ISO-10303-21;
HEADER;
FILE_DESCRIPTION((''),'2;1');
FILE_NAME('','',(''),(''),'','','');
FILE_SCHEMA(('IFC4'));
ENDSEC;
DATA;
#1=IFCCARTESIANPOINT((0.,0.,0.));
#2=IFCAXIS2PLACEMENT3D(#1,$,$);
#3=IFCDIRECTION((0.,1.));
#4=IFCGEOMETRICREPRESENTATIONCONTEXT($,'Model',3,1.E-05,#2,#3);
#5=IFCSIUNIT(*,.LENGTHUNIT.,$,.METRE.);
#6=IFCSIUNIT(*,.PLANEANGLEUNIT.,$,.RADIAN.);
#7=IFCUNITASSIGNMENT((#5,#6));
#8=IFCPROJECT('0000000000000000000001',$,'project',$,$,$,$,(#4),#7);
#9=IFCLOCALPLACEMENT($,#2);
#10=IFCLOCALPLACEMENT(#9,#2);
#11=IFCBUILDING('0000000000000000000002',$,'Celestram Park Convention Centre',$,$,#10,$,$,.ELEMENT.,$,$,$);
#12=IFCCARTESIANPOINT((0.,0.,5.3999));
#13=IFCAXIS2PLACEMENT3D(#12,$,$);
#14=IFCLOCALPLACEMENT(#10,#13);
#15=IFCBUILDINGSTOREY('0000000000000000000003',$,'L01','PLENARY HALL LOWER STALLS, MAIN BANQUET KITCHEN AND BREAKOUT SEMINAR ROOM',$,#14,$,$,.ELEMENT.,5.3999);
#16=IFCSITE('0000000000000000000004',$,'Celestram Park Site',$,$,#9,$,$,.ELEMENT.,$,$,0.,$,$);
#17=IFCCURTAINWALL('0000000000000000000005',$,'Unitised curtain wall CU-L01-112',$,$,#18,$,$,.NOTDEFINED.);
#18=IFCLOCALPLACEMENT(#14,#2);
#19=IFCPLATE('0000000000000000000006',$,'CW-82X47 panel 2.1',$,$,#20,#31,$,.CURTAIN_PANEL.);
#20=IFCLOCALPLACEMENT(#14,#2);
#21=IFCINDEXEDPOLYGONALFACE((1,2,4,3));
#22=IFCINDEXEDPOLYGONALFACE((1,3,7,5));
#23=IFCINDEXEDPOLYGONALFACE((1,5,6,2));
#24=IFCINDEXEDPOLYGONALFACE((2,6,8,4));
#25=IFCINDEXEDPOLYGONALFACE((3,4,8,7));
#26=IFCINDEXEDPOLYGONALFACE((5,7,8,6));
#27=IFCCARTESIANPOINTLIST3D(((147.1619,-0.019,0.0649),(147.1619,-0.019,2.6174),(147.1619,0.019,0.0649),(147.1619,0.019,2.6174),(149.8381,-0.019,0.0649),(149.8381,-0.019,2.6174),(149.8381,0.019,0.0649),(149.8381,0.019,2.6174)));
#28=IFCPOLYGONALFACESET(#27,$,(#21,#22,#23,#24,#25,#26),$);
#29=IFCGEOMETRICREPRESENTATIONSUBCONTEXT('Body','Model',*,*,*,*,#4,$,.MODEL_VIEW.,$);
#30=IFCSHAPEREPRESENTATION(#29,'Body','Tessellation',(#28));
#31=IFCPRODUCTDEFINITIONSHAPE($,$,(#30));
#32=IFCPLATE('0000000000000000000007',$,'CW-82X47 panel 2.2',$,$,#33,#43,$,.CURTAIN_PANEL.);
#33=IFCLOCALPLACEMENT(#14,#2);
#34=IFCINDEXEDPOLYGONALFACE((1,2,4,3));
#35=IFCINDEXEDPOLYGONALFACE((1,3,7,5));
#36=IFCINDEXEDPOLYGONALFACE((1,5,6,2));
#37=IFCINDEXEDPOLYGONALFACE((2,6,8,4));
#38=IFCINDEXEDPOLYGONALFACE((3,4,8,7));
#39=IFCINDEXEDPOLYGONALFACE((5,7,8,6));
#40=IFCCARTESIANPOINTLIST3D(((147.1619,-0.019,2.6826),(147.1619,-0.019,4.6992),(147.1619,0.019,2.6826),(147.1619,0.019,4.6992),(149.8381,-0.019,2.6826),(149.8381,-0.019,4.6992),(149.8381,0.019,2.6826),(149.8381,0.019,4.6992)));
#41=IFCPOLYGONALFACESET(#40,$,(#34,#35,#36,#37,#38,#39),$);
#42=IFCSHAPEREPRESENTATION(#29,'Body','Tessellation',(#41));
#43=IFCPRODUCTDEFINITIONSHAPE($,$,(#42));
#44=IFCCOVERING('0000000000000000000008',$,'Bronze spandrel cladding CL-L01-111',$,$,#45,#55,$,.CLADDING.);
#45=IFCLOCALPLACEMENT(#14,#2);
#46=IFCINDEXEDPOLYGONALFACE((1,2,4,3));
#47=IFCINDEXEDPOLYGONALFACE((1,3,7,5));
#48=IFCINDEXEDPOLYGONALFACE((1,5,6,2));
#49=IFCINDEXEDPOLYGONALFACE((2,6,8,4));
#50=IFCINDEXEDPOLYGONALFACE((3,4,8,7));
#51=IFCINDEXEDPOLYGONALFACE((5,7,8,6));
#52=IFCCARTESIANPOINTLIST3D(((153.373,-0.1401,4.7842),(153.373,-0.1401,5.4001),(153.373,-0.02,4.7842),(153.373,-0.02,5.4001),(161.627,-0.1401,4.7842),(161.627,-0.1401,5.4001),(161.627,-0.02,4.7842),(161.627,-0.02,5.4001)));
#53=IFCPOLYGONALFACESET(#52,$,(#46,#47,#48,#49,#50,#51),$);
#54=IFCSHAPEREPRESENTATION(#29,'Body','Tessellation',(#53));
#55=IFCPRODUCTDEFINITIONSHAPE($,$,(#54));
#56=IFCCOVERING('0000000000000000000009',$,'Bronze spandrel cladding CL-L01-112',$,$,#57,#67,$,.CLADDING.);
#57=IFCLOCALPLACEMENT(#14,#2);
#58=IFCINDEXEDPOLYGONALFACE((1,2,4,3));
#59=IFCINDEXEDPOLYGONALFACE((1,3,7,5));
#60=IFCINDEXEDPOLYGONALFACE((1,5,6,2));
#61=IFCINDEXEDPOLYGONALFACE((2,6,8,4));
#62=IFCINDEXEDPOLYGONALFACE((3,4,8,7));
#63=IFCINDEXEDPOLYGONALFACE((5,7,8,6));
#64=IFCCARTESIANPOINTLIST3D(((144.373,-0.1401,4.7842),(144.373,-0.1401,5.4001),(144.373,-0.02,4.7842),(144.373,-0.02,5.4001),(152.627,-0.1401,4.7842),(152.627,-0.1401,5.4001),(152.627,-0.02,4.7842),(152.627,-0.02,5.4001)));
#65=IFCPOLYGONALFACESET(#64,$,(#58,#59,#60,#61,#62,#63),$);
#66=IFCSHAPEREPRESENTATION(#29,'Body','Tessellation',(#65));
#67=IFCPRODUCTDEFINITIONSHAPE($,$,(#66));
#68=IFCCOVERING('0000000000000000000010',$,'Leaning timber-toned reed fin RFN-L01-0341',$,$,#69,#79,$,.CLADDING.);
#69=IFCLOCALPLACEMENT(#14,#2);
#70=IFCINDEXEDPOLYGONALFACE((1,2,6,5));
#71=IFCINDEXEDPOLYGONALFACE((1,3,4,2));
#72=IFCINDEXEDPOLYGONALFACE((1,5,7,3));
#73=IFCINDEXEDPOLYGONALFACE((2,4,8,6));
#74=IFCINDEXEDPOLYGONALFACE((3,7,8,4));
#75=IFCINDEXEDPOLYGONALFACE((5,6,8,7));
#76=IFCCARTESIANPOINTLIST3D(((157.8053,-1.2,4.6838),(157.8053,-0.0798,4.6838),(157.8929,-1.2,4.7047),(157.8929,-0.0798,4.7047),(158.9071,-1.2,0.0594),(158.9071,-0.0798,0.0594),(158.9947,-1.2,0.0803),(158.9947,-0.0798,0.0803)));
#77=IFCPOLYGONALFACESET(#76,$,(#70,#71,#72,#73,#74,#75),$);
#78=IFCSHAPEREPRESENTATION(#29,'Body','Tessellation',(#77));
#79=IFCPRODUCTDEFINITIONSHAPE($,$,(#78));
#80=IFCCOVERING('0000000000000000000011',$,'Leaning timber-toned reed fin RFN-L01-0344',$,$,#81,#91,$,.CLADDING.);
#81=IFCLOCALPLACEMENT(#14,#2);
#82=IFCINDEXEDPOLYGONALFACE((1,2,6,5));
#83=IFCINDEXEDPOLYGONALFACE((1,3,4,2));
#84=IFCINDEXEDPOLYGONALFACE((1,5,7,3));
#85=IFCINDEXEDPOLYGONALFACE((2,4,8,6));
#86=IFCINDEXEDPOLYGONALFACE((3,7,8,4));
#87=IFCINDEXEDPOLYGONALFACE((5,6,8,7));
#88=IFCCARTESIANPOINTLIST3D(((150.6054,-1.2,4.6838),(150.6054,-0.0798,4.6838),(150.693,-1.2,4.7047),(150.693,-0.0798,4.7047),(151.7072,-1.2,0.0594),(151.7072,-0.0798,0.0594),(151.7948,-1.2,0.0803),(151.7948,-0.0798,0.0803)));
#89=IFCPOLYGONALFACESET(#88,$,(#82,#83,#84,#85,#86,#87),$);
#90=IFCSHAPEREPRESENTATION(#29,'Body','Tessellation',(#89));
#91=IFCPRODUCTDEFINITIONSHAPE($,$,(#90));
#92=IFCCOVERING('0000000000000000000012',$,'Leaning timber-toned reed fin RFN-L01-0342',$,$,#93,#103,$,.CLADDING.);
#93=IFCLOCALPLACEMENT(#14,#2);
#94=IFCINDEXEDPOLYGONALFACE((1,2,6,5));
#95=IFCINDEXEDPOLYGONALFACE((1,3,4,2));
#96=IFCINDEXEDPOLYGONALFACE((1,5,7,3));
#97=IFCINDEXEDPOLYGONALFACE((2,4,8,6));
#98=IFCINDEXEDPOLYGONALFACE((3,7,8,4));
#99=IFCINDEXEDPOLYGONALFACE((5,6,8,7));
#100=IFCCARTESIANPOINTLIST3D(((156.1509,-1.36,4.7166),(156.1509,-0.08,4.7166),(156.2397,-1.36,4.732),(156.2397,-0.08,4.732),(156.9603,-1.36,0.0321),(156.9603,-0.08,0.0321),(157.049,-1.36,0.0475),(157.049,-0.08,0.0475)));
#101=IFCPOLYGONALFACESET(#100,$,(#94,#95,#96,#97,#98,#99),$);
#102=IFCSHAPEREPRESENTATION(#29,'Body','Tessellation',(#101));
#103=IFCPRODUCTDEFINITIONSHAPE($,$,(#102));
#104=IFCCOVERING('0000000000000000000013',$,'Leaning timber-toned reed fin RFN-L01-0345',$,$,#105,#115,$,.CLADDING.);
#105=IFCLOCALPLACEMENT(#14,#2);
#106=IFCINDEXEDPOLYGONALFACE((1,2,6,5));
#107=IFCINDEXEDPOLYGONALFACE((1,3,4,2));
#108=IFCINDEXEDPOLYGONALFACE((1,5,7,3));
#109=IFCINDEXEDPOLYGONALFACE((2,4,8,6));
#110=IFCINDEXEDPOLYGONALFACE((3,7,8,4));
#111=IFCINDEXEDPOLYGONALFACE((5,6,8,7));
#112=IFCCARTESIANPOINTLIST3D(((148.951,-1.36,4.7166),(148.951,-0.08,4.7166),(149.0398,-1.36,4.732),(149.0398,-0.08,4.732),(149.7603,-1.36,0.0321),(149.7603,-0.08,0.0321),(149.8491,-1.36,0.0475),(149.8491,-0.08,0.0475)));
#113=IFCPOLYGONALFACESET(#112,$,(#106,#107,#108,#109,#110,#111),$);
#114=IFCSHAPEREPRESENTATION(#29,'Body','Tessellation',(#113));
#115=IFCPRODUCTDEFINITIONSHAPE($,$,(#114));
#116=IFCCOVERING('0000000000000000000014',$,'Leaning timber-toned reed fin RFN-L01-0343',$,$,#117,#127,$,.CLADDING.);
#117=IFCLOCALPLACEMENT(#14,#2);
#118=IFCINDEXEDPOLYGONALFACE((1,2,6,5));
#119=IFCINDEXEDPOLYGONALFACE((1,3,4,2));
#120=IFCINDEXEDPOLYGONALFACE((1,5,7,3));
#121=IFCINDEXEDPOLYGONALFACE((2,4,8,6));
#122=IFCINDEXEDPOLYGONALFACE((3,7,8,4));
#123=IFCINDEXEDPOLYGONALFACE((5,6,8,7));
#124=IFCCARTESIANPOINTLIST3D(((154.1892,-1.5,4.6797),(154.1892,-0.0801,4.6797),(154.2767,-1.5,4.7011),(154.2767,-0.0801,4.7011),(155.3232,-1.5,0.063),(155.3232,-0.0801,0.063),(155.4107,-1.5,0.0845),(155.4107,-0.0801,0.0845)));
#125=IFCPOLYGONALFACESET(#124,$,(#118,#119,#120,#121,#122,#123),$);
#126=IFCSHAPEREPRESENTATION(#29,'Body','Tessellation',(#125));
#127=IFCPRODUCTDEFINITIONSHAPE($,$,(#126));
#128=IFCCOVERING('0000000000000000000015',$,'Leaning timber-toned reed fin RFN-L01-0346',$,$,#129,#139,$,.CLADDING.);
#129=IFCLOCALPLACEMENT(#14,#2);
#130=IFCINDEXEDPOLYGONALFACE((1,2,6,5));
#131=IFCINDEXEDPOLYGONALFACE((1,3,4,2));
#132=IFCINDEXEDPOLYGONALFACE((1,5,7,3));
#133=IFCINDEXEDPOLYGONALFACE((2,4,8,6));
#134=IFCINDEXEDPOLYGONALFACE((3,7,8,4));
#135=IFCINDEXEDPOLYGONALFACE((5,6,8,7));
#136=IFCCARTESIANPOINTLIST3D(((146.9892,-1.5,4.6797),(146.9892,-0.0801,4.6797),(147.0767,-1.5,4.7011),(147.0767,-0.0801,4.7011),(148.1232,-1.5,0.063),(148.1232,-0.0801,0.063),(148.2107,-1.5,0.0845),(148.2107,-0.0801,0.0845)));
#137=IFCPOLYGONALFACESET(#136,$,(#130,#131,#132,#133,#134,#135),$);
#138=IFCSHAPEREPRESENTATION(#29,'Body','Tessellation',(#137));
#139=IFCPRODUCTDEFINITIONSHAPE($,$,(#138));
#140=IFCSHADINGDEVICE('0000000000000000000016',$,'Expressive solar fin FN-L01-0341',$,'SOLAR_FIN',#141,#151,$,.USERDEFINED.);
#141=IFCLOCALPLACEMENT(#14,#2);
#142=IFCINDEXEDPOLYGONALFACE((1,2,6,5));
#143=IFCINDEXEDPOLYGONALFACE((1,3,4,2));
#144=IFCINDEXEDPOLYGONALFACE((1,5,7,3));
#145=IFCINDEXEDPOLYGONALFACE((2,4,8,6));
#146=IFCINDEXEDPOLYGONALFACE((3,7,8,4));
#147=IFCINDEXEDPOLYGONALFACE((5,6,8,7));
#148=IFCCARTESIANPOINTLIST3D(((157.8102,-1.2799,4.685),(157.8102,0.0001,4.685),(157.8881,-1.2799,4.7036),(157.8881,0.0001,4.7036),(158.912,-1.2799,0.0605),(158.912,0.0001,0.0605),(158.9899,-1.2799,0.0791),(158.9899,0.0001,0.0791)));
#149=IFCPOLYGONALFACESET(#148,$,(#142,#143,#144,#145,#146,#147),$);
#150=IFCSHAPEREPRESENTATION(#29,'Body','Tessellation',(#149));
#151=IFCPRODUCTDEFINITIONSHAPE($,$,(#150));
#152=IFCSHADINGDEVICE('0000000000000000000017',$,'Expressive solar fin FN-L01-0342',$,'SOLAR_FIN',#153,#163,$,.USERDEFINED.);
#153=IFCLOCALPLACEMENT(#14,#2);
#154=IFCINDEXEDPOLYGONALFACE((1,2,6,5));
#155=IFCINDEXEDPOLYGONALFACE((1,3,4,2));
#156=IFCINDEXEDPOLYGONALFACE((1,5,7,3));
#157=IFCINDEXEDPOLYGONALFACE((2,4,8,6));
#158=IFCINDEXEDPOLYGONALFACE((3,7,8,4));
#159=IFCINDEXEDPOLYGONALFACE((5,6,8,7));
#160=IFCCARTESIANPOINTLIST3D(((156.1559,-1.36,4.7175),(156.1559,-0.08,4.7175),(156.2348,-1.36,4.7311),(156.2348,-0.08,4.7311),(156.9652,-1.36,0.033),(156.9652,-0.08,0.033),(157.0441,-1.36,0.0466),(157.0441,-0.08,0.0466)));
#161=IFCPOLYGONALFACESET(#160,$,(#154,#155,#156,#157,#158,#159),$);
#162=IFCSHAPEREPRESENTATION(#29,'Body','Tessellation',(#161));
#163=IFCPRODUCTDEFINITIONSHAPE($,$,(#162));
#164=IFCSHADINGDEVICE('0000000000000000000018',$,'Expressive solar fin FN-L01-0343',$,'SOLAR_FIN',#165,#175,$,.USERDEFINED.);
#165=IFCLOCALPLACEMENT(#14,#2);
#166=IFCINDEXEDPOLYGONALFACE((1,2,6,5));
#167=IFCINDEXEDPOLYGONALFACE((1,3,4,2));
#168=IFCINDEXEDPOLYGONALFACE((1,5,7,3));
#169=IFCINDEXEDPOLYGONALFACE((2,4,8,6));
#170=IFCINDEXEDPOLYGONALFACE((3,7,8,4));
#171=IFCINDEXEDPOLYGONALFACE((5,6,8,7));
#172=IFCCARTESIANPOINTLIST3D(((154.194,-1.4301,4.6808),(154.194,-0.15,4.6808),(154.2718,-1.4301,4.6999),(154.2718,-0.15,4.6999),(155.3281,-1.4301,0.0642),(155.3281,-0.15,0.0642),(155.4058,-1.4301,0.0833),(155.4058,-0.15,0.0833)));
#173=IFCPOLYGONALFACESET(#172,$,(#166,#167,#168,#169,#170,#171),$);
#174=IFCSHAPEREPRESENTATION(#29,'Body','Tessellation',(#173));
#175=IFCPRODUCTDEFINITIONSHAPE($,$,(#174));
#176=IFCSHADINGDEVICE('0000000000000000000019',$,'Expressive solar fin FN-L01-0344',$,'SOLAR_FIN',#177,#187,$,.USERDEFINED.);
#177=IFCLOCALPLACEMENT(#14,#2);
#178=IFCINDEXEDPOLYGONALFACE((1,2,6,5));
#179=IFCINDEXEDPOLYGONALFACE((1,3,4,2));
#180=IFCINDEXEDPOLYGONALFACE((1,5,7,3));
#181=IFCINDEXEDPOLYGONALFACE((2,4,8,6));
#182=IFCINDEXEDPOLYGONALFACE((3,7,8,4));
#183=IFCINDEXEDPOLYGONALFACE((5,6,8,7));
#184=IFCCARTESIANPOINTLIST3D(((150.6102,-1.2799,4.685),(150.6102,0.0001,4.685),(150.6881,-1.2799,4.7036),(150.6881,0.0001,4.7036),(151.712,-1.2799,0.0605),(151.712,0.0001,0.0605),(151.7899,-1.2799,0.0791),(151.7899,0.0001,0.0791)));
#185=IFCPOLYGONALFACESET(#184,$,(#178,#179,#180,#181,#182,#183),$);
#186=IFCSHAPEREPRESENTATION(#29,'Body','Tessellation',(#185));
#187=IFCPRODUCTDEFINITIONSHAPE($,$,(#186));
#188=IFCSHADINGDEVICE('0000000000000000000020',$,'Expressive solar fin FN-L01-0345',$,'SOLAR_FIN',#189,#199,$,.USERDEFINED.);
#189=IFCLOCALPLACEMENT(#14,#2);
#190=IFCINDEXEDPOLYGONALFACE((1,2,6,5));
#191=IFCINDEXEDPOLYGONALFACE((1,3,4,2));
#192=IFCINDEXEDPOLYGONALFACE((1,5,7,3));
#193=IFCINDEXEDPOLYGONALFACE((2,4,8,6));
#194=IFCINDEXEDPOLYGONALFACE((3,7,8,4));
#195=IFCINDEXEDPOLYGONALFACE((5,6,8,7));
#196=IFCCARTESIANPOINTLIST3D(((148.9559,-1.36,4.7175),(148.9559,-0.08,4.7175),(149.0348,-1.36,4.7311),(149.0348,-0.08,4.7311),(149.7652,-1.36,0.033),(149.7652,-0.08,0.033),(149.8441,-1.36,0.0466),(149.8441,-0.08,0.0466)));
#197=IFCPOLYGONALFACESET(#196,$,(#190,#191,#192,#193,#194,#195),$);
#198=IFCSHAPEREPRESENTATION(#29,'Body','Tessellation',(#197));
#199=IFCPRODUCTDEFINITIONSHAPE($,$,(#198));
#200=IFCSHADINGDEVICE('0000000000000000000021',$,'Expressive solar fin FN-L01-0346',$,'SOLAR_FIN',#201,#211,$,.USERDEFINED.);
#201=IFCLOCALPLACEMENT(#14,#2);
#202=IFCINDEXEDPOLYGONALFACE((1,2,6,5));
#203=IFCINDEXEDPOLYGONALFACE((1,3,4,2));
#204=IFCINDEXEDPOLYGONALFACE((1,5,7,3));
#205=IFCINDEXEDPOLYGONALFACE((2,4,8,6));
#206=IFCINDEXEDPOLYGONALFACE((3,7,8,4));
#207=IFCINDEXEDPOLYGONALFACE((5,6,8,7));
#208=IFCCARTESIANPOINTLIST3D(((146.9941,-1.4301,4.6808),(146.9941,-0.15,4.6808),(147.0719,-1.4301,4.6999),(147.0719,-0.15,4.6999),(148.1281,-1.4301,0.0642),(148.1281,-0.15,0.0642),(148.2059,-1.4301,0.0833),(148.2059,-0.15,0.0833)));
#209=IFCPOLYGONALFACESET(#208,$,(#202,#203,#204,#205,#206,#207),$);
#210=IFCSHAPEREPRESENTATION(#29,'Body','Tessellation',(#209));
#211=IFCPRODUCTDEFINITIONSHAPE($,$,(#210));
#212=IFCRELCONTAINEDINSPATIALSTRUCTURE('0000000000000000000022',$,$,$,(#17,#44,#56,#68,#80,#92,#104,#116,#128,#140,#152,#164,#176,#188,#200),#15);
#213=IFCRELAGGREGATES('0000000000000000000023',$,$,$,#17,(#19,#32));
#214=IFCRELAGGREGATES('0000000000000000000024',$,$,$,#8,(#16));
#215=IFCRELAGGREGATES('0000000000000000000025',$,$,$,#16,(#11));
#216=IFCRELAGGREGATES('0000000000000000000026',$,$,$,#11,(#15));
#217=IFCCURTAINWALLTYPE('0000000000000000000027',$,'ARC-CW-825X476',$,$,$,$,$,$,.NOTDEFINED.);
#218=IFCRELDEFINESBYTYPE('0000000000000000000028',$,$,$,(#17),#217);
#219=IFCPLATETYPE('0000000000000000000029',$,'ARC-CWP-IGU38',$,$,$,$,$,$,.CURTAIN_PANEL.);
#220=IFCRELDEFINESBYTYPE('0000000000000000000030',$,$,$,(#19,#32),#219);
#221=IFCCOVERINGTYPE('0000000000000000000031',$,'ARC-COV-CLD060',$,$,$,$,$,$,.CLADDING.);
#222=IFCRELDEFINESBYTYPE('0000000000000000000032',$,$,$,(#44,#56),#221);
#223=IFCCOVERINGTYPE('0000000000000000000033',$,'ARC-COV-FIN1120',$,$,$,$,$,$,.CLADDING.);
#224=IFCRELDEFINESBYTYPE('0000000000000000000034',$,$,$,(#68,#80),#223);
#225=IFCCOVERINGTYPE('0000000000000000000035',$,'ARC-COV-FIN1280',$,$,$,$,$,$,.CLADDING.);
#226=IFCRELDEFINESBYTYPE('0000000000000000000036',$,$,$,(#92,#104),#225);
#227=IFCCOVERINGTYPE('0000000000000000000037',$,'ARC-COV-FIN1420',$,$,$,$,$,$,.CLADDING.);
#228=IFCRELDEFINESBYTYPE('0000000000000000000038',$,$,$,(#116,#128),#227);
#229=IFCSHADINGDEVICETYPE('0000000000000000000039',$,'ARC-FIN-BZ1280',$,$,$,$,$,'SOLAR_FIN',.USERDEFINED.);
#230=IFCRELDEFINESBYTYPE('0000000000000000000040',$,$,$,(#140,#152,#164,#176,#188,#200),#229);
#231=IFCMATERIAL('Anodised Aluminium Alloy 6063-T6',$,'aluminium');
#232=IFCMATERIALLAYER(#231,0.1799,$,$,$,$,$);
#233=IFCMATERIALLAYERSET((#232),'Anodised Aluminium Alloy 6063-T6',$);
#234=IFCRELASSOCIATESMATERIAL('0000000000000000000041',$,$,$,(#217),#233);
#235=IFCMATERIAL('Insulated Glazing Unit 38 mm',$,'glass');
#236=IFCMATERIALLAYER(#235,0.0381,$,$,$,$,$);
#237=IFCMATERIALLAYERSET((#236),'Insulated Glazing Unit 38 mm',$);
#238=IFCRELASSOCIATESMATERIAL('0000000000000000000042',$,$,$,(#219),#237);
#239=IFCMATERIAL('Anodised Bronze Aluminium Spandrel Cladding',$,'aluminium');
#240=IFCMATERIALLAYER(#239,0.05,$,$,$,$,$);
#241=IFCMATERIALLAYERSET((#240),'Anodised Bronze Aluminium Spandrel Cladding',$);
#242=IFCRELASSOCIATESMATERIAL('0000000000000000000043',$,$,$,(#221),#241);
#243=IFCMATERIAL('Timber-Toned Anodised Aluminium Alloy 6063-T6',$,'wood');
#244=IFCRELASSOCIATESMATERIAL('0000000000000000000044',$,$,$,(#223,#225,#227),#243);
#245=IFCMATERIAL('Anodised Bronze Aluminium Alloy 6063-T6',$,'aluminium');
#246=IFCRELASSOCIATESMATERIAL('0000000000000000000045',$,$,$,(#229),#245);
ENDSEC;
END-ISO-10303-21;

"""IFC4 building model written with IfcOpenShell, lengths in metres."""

from ifc_helpers import new_model, si_unit, direction, frame, origin, origin_2d, place, context, subcontext, project, spatial, rectangle, extrude, material, layer, layer_set, material_profile, profile_set, type_object, element, aggregate, save


model = new_model("IFC4")

# Units and contexts
model_context = context("Model", 3, precision=1e-05, world=origin(), true_north=direction((0.0, 1.0)))
body_context = subcontext(model_context, "Body", "Model", "MODEL_VIEW")
ifc_project = project(units=[si_unit("LENGTHUNIT", "METRE"), si_unit("PLANEANGLEUNIT", "RADIAN")], contexts=[model_context])

# Site, building, storey
site_placement = place(None, origin())
site = spatial("IfcSite", under=ifc_project, at=site_placement, Name="Celestram Park Site", CompositionType="ELEMENT", RefElevation=0.0)
building_placement = place(site_placement, origin())
building = spatial("IfcBuilding", under=site, at=building_placement, Name="Celestram Park Convention Centre", CompositionType="ELEMENT")
storey_placement = place(building_placement, frame((0.0, 0.0, 5.3999)))
storey = spatial("IfcBuildingStorey", under=building, at=storey_placement, Name="L01", Description="PLENARY HALL LOWER STALLS, MAIN BANQUET KITCHEN AND BREAKOUT SEMINAR ROOM", CompositionType="ELEMENT", Elevation=5.3999)

# Curtain wall, plates
ifc_material_1 = material(Name="Anodised Aluminium Alloy 6063-T6", Category="aluminium")
ifc_layer_1 = layer(ifc_material_1, 0.1799)
ifc_layer_set_1 = layer_set([ifc_layer_1], Name="Anodised Aluminium Alloy 6063-T6")
curtain_wall_type = type_object("IfcCurtainWallType", Name="ARC-CW-825X476", PredefinedType="NOTDEFINED", material=ifc_layer_set_1)
curtain_wall_placement = place(storey_placement, origin())
curtain_wall = element("IfcCurtainWall", 1, at=curtain_wall_placement, inside=storey, type_object=curtain_wall_type, Name="Unitised curtain wall CU-L01-112", PredefinedType="NOTDEFINED")
ifc_material_2 = material(Name="Insulated Glazing Unit 38 mm", Category="glass")
ifc_layer_2 = layer(ifc_material_2, 0.0381)
ifc_layer_set_2 = layer_set([ifc_layer_2], Name="Insulated Glazing Unit 38 mm")
plate_type = type_object("IfcPlateType", Name="ARC-CWP-IGU38", PredefinedType="CURTAIN_PANEL", material=ifc_layer_set_2)
plate_1_placement = place(storey_placement, frame((148.5, 0.0, 0.0649), z_axis=(0.0, 0.0, 1.0), x_axis=(-1.0, 0.0, 0.0)))
plate_1 = element("IfcPlate", 2, at=plate_1_placement, type_object=plate_type, Name="CW-82X47 panel 2.1", PredefinedType="CURTAIN_PANEL", context=body_context, shape_type="SweptSolid", body=[
    extrude(rectangle(XDim=2.6763, YDim=0.0381, at=origin_2d()), origin(), (0.0, 0.0, 1.0), 2.5525),
])
plate_2_placement = place(storey_placement, frame((148.5, 0.0, 2.6826), z_axis=(0.0, 0.0, 1.0), x_axis=(-1.0, 0.0, 0.0)))
plate_2 = element("IfcPlate", 3, at=plate_2_placement, type_object=plate_type, Name="CW-82X47 panel 2.2", PredefinedType="CURTAIN_PANEL", context=body_context, shape_type="SweptSolid", body=[
    extrude(rectangle(XDim=2.6763, YDim=0.0381, at=origin_2d()), origin(), (0.0, 0.0, 1.0), 2.0166),
])
aggregate(curtain_wall, [plate_1, plate_2])

# Coverings
ifc_material_3 = material(Name="Anodised Bronze Aluminium Spandrel Cladding", Category="aluminium")
ifc_layer_3 = layer(ifc_material_3, 0.05)
ifc_layer_set_3 = layer_set([ifc_layer_3], Name="Anodised Bronze Aluminium Spandrel Cladding")
covering_type_1 = type_object("IfcCoveringType", Name="ARC-COV-CLD060", PredefinedType="CLADDING", material=ifc_layer_set_3)
for number, where, z_axis, x_axis, name in (
    (4, (157.5, -0.0801, 4.7842), (0.0, 0.0, 1.0), (-1.0, 0.0, 0.0), "Bronze spandrel cladding CL-L01-111"),
    (5, (148.5, -0.0801, 4.7842), (0.0, 0.0, 1.0), (-1.0, 0.0, 0.0), "Bronze spandrel cladding CL-L01-112"),
):
    element("IfcCovering", number, at=place(storey_placement, frame(where, z_axis=z_axis, x_axis=x_axis)), inside=storey, type_object=covering_type_1, Name=name, PredefinedType="CLADDING", context=body_context, shape_type="SweptSolid", body=[
        extrude(rectangle(XDim=8.2539, YDim=0.1201, at=origin_2d()), origin(), (0.0, 0.0, 1.0), 0.616),
    ])
ifc_material_4 = material(Name="Timber-Toned Anodised Aluminium Alloy 6063-T6", Category="wood")
ifc_material_profile_1 = material_profile(ifc_material_4, rectangle(XDim=1.1201, YDim=0.0901, at=origin_2d()), Name="REED1120X90")
ifc_profile_set_1 = profile_set([ifc_material_profile_1], Name="Timber-Toned Anodised Aluminium Alloy 6063-T6")
covering_type_2 = type_object("IfcCoveringType", Name="ARC-COV-FIN1120", PredefinedType="CLADDING", material=ifc_profile_set_1)
for number, where, z_axis, x_axis, name in (
    (6, (158.9509, -0.6399, 0.0698), (-0.231766, 0.0, 0.972771), (0.0, -1.0, 0.0), "Leaning timber-toned reed fin RFN-L01-0341"),
    (7, (151.751, -0.6399, 0.0698), (-0.231766, 0.0, 0.972771), (0.0, -1.0, 0.0), "Leaning timber-toned reed fin RFN-L01-0344"),
):
    element("IfcCovering", number, at=place(storey_placement, frame(where, z_axis=z_axis, x_axis=x_axis)), inside=storey, type_object=covering_type_2, Name=name, PredefinedType="CLADDING", context=body_context, shape_type="SweptSolid", body=[
        extrude(rectangle(XDim=1.1201, YDim=0.0901, at=origin_2d()), origin(), (0.0, 0.0, 1.0), 4.7539),
    ])
ifc_material_profile_2 = material_profile(ifc_material_4, rectangle(XDim=1.28, YDim=0.0901, at=origin_2d()), Name="REED1280X90")
ifc_profile_set_2 = profile_set([ifc_material_profile_2], Name="Timber-Toned Anodised Aluminium Alloy 6063-T6")
covering_type_3 = type_object("IfcCoveringType", Name="ARC-COV-FIN1280", PredefinedType="CLADDING", material=ifc_profile_set_2)
for number, where, z_axis, x_axis, name in (
    (8, (157.0046, -0.72, 0.0398), (-0.170242, 0.0, 0.985402), (0.0, -1.0, 0.0), "Leaning timber-toned reed fin RFN-L01-0342"),
    (9, (149.8047, -0.72, 0.0398), (-0.170242, 0.0, 0.985402), (0.0, -1.0, 0.0), "Leaning timber-toned reed fin RFN-L01-0345"),
):
    element("IfcCovering", number, at=place(storey_placement, frame(where, z_axis=z_axis, x_axis=x_axis)), inside=storey, type_object=covering_type_3, Name=name, PredefinedType="CLADDING", context=body_context, shape_type="SweptSolid", body=[
        extrude(rectangle(XDim=1.28, YDim=0.0901, at=origin_2d()), origin(), (0.0, 0.0, 1.0), 4.7539),
    ])
ifc_material_profile_3 = material_profile(ifc_material_4, rectangle(XDim=1.4199, YDim=0.0901, at=origin_2d()), Name="REED1420X90")
ifc_profile_set_3 = profile_set([ifc_material_profile_3], Name="Timber-Toned Anodised Aluminium Alloy 6063-T6")
covering_type_4 = type_object("IfcCoveringType", Name="ARC-COV-FIN1420", PredefinedType="CLADDING", material=ifc_profile_set_3)
for number, where, z_axis, x_axis, name in (
    (10, (155.3669, -0.79, 0.0737), (-0.238546, 0.0, 0.971131), (0.0, -1.0, 0.0), "Leaning timber-toned reed fin RFN-L01-0343"),
    (11, (148.167, -0.79, 0.0737), (-0.238546, 0.0, 0.971131), (0.0, -1.0, 0.0), "Leaning timber-toned reed fin RFN-L01-0346"),
):
    element("IfcCovering", number, at=place(storey_placement, frame(where, z_axis=z_axis, x_axis=x_axis)), inside=storey, type_object=covering_type_4, Name=name, PredefinedType="CLADDING", context=body_context, shape_type="SweptSolid", body=[
        extrude(rectangle(XDim=1.4199, YDim=0.0901, at=origin_2d()), origin(), (0.0, 0.0, 1.0), 4.7539),
    ])

# Shading devices
ifc_material_5 = material(Name="Anodised Bronze Aluminium Alloy 6063-T6", Category="aluminium")
ifc_material_profile_4 = material_profile(ifc_material_5, rectangle(XDim=1.28, YDim=0.0801, at=origin_2d()), Name="FIN1280X80")
ifc_profile_set_4 = profile_set([ifc_material_profile_4], Name="Anodised Bronze Aluminium Alloy 6063-T6")
shading_device_type = type_object("IfcShadingDeviceType", Name="ARC-FIN-BZ1280", ElementType="SOLAR_FIN", PredefinedType="USERDEFINED", material=ifc_profile_set_4)
for number, where, z_axis, x_axis, name in (
    (12, (158.9509, -0.6399, 0.0698), (-0.231766, 0.0, 0.972771), (0.0, -1.0, 0.0), "Expressive solar fin FN-L01-0341"),
    (13, (157.0046, -0.72, 0.0398), (-0.170242, 0.0, 0.985402), (0.0, -1.0, 0.0), "Expressive solar fin FN-L01-0342"),
    (14, (155.3669, -0.79, 0.0737), (-0.238546, 0.0, 0.971131), (0.0, -1.0, 0.0), "Expressive solar fin FN-L01-0343"),
    (15, (151.751, -0.6399, 0.0698), (-0.231766, 0.0, 0.972771), (0.0, -1.0, 0.0), "Expressive solar fin FN-L01-0344"),
    (16, (149.8047, -0.72, 0.0398), (-0.170242, 0.0, 0.985402), (0.0, -1.0, 0.0), "Expressive solar fin FN-L01-0345"),
    (17, (148.167, -0.79, 0.0737), (-0.238546, 0.0, 0.971131), (0.0, -1.0, 0.0), "Expressive solar fin FN-L01-0346"),
):
    element("IfcShadingDevice", number, at=place(storey_placement, frame(where, z_axis=z_axis, x_axis=x_axis)), inside=storey, type_object=shading_device_type, Name=name, ObjectType="SOLAR_FIN", PredefinedType="USERDEFINED", context=body_context, shape_type="SweptSolid", body=[
        extrude(rectangle(XDim=1.28, YDim=0.0801, at=origin_2d()), origin(), (0.0, 0.0, 1.0), 4.7539),
    ])

save(model, "model.ifc")
